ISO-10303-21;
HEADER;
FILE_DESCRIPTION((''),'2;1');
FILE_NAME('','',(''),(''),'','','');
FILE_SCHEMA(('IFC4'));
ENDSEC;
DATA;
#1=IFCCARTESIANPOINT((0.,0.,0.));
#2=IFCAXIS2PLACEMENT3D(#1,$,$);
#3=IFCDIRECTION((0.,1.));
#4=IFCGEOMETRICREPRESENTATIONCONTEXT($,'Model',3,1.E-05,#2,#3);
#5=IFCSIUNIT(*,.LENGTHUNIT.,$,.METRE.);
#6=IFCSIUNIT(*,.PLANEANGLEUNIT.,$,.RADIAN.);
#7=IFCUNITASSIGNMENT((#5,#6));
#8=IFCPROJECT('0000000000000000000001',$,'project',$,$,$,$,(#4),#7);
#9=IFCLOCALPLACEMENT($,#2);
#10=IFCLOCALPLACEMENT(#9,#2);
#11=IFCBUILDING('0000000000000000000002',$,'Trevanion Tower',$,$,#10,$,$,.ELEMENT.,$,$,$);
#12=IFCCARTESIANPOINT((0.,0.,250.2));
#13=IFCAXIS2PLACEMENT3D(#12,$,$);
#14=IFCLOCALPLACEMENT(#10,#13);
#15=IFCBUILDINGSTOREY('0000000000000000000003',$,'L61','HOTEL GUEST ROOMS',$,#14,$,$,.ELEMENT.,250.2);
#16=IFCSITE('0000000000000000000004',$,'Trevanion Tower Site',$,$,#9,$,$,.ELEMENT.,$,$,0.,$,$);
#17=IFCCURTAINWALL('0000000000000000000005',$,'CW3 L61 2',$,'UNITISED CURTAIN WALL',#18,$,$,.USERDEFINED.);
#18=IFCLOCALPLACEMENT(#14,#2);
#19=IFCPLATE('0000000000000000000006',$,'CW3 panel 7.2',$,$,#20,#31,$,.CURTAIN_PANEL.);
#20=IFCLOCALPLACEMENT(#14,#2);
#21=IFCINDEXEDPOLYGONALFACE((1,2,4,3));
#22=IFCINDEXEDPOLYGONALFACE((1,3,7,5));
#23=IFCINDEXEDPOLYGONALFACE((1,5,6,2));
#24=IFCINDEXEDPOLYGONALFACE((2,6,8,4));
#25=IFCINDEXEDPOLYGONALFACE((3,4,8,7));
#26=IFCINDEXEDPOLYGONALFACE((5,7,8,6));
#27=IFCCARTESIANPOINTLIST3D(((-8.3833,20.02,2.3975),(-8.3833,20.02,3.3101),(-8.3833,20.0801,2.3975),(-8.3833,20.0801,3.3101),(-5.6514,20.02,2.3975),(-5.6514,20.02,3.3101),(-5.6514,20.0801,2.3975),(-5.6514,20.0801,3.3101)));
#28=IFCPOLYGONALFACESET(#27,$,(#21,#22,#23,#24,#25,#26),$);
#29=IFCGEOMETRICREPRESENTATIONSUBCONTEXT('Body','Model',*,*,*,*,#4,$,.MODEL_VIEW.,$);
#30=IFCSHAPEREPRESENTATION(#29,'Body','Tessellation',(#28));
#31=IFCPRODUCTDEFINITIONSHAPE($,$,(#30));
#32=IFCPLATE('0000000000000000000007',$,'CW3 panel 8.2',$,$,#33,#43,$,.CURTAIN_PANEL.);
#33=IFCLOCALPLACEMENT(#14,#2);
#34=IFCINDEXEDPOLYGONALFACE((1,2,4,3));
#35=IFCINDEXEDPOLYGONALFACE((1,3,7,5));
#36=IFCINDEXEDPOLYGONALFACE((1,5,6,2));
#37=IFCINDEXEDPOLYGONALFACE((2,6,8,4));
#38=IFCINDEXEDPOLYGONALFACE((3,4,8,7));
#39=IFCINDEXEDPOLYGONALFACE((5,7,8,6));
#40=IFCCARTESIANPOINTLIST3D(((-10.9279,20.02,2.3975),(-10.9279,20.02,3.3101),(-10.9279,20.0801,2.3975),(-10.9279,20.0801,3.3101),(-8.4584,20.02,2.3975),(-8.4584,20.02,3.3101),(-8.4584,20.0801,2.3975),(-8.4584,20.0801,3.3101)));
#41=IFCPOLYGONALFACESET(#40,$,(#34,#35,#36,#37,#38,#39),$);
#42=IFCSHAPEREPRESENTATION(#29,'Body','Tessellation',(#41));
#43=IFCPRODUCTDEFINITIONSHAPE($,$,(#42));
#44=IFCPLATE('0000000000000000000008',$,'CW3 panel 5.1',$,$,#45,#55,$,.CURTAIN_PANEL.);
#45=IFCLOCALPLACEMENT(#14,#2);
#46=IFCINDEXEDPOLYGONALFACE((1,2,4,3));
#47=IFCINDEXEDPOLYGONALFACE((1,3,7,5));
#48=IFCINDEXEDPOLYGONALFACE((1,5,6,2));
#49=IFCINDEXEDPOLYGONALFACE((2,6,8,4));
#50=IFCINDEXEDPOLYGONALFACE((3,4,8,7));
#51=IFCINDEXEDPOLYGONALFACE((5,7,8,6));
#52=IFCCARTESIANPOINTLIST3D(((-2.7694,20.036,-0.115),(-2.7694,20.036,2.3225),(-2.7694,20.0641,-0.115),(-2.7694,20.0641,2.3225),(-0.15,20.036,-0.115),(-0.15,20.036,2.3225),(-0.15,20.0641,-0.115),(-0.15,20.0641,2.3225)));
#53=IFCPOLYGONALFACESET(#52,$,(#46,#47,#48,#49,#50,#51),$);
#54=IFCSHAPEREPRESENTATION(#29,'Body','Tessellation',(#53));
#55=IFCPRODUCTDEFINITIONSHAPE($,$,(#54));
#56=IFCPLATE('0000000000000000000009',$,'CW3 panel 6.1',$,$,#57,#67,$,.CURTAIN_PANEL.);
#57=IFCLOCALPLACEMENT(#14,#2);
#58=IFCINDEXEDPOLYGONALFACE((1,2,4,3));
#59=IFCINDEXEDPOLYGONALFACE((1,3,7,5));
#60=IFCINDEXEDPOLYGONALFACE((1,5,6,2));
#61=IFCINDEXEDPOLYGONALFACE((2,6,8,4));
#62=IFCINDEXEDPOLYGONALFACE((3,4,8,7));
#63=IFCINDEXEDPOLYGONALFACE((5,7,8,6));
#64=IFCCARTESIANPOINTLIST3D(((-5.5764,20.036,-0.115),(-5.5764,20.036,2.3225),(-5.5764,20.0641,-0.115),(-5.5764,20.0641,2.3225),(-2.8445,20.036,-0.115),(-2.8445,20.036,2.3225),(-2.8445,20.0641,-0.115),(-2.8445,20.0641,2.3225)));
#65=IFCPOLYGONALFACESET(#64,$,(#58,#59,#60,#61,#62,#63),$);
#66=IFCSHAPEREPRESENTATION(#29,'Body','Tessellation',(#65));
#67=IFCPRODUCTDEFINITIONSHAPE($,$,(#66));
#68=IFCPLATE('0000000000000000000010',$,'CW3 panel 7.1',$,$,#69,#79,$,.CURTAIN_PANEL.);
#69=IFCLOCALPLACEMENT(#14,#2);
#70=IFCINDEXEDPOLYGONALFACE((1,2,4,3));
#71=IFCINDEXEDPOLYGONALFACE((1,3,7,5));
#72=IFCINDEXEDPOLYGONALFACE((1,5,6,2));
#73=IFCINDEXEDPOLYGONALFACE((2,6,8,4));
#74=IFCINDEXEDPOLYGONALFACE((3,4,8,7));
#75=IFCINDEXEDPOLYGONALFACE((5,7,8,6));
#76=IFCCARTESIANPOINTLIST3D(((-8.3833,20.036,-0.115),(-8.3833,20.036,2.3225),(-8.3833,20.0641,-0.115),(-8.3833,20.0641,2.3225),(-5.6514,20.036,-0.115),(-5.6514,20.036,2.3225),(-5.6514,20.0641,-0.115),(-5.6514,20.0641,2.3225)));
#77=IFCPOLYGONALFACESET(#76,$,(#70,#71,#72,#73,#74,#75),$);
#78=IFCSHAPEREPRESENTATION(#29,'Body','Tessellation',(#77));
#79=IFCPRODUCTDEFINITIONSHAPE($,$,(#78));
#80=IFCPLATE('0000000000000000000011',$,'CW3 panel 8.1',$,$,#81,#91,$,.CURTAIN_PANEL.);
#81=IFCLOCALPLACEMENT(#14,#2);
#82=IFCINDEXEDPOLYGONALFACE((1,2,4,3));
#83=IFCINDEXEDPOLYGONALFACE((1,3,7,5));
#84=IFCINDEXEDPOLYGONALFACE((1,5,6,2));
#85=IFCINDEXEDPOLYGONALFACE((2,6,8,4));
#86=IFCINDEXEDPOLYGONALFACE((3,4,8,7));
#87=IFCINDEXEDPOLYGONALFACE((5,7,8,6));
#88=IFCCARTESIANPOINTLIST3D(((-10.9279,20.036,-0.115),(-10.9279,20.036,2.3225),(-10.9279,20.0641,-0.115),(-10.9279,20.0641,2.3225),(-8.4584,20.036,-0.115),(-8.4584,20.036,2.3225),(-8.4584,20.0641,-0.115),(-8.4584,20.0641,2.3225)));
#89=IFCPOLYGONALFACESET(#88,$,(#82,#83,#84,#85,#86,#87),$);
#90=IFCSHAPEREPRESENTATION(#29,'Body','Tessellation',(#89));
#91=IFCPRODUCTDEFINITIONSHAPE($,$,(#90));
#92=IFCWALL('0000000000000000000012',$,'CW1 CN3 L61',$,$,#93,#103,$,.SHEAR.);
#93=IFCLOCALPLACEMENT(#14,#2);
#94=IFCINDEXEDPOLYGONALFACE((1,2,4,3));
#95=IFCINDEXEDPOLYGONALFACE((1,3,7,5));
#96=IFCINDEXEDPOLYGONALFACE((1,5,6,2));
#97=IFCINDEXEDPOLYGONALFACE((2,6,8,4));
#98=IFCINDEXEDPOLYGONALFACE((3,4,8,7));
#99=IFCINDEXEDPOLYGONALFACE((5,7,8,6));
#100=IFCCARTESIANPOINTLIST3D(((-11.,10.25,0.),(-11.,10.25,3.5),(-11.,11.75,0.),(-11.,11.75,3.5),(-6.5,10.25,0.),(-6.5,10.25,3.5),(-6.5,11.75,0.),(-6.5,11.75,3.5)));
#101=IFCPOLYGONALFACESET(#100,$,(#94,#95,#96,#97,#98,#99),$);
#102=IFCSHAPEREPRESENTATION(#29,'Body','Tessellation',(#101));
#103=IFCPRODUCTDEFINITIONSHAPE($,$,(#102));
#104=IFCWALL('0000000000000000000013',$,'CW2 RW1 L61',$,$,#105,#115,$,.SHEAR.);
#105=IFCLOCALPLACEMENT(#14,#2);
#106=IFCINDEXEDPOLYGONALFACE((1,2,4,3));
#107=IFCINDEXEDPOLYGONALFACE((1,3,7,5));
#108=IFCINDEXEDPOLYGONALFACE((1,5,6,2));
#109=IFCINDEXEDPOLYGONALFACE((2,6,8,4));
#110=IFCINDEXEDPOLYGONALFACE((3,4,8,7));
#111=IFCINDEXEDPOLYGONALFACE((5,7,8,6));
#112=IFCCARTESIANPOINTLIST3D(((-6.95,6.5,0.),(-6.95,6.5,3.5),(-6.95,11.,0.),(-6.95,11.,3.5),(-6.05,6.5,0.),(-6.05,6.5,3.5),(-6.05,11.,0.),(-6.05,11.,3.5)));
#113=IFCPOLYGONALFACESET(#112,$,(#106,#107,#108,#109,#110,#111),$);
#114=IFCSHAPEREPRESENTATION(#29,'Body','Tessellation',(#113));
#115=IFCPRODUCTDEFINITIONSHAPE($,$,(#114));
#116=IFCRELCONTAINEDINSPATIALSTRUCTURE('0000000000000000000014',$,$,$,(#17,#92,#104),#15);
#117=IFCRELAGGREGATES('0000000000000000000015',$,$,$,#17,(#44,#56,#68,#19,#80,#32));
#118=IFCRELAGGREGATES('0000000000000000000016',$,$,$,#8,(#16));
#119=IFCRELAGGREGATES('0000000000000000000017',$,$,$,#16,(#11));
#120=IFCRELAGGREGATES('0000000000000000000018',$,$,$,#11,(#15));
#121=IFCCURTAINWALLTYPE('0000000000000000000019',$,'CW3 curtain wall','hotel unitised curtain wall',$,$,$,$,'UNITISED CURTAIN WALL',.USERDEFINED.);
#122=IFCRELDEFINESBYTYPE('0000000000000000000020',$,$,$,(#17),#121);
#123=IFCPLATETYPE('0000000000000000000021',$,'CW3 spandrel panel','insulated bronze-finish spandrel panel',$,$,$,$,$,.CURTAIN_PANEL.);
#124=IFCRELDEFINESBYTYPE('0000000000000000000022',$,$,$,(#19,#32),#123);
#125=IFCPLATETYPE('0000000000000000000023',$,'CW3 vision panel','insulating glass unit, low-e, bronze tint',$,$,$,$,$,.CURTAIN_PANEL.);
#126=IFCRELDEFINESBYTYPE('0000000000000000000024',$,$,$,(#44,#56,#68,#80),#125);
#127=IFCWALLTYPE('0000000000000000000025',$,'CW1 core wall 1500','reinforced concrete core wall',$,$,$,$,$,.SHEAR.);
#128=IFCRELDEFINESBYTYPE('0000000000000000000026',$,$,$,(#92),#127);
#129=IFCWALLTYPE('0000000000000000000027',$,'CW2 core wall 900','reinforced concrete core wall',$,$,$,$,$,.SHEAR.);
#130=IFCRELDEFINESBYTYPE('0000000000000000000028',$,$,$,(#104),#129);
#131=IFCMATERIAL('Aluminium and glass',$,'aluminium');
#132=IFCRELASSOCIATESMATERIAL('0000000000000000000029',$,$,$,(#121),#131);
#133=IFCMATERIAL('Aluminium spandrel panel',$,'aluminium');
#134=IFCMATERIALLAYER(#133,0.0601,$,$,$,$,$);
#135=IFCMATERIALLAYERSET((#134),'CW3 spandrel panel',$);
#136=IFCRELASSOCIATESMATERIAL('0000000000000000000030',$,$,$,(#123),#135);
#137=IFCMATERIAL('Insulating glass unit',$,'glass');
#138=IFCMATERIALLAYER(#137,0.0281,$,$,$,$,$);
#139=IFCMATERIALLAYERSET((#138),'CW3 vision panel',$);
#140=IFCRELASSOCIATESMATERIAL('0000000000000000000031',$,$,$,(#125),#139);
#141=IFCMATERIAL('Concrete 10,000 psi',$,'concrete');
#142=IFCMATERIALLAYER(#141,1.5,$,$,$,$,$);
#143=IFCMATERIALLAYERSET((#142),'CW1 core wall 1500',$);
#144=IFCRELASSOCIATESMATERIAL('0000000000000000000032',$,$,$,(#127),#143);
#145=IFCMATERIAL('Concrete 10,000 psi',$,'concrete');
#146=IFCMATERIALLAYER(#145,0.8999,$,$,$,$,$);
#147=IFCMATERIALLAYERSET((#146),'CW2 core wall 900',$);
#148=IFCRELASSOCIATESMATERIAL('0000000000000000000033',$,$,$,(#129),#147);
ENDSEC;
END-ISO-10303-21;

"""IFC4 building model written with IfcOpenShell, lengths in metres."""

from ifc_helpers import new_model, si_unit, direction, frame, frame_2d, origin, origin_2d, place, context, subcontext, project, spatial, rectangle, extrude, material, layer, layer_set, type_object, element, aggregate, save


model = new_model("IFC4")

# Units and contexts
model_context = context("Model", 3, precision=1e-05, world=origin(), true_north=direction((0.0, 1.0)))
body_context = subcontext(model_context, "Body", "Model", "MODEL_VIEW")
ifc_project = project(units=[si_unit("LENGTHUNIT", "METRE"), si_unit("PLANEANGLEUNIT", "RADIAN")], contexts=[model_context])

# Site, building, storey
site_placement = place(None, origin())
site = spatial("IfcSite", under=ifc_project, at=site_placement, Name="Trevanion Tower Site", CompositionType="ELEMENT", RefElevation=0.0)
building_placement = place(site_placement, origin())
building = spatial("IfcBuilding", under=site, at=building_placement, Name="Trevanion Tower", CompositionType="ELEMENT")
storey_placement = place(building_placement, frame((0.0, 0.0, 250.2)))
storey = spatial("IfcBuildingStorey", under=building, at=storey_placement, Name="L61", Description="HOTEL GUEST ROOMS", CompositionType="ELEMENT", Elevation=250.2)

# Curtain wall
ifc_material_1 = material(Name="Aluminium and glass", Category="aluminium")
curtain_wall_type = type_object("IfcCurtainWallType", Name="CW3 curtain wall", Description="hotel unitised curtain wall", ElementType="UNITISED CURTAIN WALL", PredefinedType="USERDEFINED", material=ifc_material_1)
curtain_wall_placement = place(storey_placement, origin())
curtain_wall = element("IfcCurtainWall", 1, at=curtain_wall_placement, inside=storey, type_object=curtain_wall_type, Name="CW3 L61 2", ObjectType="UNITISED CURTAIN WALL", PredefinedType="USERDEFINED")

# Plates
ifc_material_2 = material(Name="Aluminium spandrel panel", Category="aluminium")
ifc_layer_1 = layer(ifc_material_2, 0.0601)
ifc_layer_set_1 = layer_set([ifc_layer_1], Name="CW3 spandrel panel")
plate_type_1 = type_object("IfcPlateType", Name="CW3 spandrel panel", Description="insulated bronze-finish spandrel panel", PredefinedType="CURTAIN_PANEL", material=ifc_layer_set_1)
plate_1_placement = place(storey_placement, frame((-7.0173, 20.05, 2.3975), z_axis=(0.0, 0.0, 1.0), x_axis=(-1.0, 0.0, 0.0)))
plate_1 = element("IfcPlate", 2, at=plate_1_placement, type_object=plate_type_1, Name="CW3 panel 7.2", PredefinedType="CURTAIN_PANEL", context=body_context, shape_type="SweptSolid", body=[
    extrude(rectangle(XDim=2.7319, YDim=0.0601, at=origin_2d()), origin(), (0.0, 0.0, 1.0), 0.9126),
])
plate_2_placement = place(storey_placement, frame((-9.6931, 20.05, 2.3975), z_axis=(0.0, 0.0, 1.0), x_axis=(-1.0, 0.0, 0.0)))
plate_2 = element("IfcPlate", 3, at=plate_2_placement, type_object=plate_type_1, Name="CW3 panel 8.2", PredefinedType="CURTAIN_PANEL", context=body_context, shape_type="SweptSolid", body=[
    extrude(rectangle(XDim=2.4695, YDim=0.0601, at=origin_2d()), origin(), (0.0, 0.0, 1.0), 0.9126),
])
ifc_material_3 = material(Name="Insulating glass unit", Category="glass")
ifc_layer_2 = layer(ifc_material_3, 0.0281)
ifc_layer_set_2 = layer_set([ifc_layer_2], Name="CW3 vision panel")
plate_type_2 = type_object("IfcPlateType", Name="CW3 vision panel", Description="insulating glass unit, low-e, bronze tint", PredefinedType="CURTAIN_PANEL", material=ifc_layer_set_2)
plate_3_placement = place(storey_placement, frame((-1.4597, 20.05, -0.115), z_axis=(0.0, 0.0, 1.0), x_axis=(-1.0, 0.0, 0.0)))
plate_3 = element("IfcPlate", 4, at=plate_3_placement, type_object=plate_type_2, Name="CW3 panel 5.1", PredefinedType="CURTAIN_PANEL", context=body_context, shape_type="SweptSolid", body=[
    extrude(rectangle(XDim=2.6194, YDim=0.0281, at=origin_2d()), origin(), (0.0, 0.0, 1.0), 2.4375),
])
plate_4_placement = place(storey_placement, frame((-4.2104, 20.05, -0.115), z_axis=(0.0, 0.0, 1.0), x_axis=(-1.0, 0.0, 0.0)))
plate_4 = element("IfcPlate", 5, at=plate_4_placement, type_object=plate_type_2, Name="CW3 panel 6.1", PredefinedType="CURTAIN_PANEL", context=body_context, shape_type="SweptSolid", body=[
    extrude(rectangle(XDim=2.7319, YDim=0.0281, at=origin_2d()), origin(), (0.0, 0.0, 1.0), 2.4375),
])
plate_5_placement = place(storey_placement, frame((-7.0173, 20.05, -0.115), z_axis=(0.0, 0.0, 1.0), x_axis=(-1.0, 0.0, 0.0)))
plate_5 = element("IfcPlate", 6, at=plate_5_placement, type_object=plate_type_2, Name="CW3 panel 7.1", PredefinedType="CURTAIN_PANEL", context=body_context, shape_type="SweptSolid", body=[
    extrude(rectangle(XDim=2.7319, YDim=0.0281, at=origin_2d()), origin(), (0.0, 0.0, 1.0), 2.4375),
])
plate_6_placement = place(storey_placement, frame((-9.6931, 20.05, -0.115), z_axis=(0.0, 0.0, 1.0), x_axis=(-1.0, 0.0, 0.0)))
plate_6 = element("IfcPlate", 7, at=plate_6_placement, type_object=plate_type_2, Name="CW3 panel 8.1", PredefinedType="CURTAIN_PANEL", context=body_context, shape_type="SweptSolid", body=[
    extrude(rectangle(XDim=2.4695, YDim=0.0281, at=origin_2d()), origin(), (0.0, 0.0, 1.0), 2.4375),
])
aggregate(curtain_wall, [plate_3, plate_4, plate_5, plate_1, plate_6, plate_2])

# Walls
ifc_material_4 = material(Name="Concrete 10,000 psi", Category="concrete")
ifc_layer_3 = layer(ifc_material_4, 1.5)
ifc_layer_set_3 = layer_set([ifc_layer_3], Name="CW1 core wall 1500")
wall_type_1 = type_object("IfcWallType", Name="CW1 core wall 1500", Description="reinforced concrete core wall", PredefinedType="SHEAR", material=ifc_layer_set_3)
wall_1_placement = place(storey_placement, frame((-6.5, 11.0, 0.0), z_axis=(0.0, 0.0, 1.0), x_axis=(-1.0, 0.0, 0.0)))
element("IfcWall", 8, at=wall_1_placement, inside=storey, type_object=wall_type_1, Name="CW1 CN3 L61", PredefinedType="SHEAR", context=body_context, shape_type="SweptSolid", body=[
    extrude(rectangle(XDim=4.5, YDim=1.5, at=frame_2d((2.25, 0.0))), origin(), (0.0, 0.0, 1.0), 3.5),
])
ifc_material_5 = material(Name="Concrete 10,000 psi", Category="concrete")
ifc_layer_4 = layer(ifc_material_5, 0.8999)
ifc_layer_set_4 = layer_set([ifc_layer_4], Name="CW2 core wall 900")
wall_type_2 = type_object("IfcWallType", Name="CW2 core wall 900", Description="reinforced concrete core wall", PredefinedType="SHEAR", material=ifc_layer_set_4)
wall_2_placement = place(storey_placement, frame((-6.5, 11.0, 0.0), z_axis=(0.0, 0.0, 1.0), x_axis=(0.0, -1.0, 0.0)))
element("IfcWall", 9, at=wall_2_placement, inside=storey, type_object=wall_type_2, Name="CW2 RW1 L61", PredefinedType="SHEAR", context=body_context, shape_type="SweptSolid", body=[
    extrude(rectangle(XDim=4.5, YDim=0.8999, at=frame_2d((2.25, 0.0))), origin(), (0.0, 0.0, 1.0), 3.5),
])

save(model, "model.ifc")
